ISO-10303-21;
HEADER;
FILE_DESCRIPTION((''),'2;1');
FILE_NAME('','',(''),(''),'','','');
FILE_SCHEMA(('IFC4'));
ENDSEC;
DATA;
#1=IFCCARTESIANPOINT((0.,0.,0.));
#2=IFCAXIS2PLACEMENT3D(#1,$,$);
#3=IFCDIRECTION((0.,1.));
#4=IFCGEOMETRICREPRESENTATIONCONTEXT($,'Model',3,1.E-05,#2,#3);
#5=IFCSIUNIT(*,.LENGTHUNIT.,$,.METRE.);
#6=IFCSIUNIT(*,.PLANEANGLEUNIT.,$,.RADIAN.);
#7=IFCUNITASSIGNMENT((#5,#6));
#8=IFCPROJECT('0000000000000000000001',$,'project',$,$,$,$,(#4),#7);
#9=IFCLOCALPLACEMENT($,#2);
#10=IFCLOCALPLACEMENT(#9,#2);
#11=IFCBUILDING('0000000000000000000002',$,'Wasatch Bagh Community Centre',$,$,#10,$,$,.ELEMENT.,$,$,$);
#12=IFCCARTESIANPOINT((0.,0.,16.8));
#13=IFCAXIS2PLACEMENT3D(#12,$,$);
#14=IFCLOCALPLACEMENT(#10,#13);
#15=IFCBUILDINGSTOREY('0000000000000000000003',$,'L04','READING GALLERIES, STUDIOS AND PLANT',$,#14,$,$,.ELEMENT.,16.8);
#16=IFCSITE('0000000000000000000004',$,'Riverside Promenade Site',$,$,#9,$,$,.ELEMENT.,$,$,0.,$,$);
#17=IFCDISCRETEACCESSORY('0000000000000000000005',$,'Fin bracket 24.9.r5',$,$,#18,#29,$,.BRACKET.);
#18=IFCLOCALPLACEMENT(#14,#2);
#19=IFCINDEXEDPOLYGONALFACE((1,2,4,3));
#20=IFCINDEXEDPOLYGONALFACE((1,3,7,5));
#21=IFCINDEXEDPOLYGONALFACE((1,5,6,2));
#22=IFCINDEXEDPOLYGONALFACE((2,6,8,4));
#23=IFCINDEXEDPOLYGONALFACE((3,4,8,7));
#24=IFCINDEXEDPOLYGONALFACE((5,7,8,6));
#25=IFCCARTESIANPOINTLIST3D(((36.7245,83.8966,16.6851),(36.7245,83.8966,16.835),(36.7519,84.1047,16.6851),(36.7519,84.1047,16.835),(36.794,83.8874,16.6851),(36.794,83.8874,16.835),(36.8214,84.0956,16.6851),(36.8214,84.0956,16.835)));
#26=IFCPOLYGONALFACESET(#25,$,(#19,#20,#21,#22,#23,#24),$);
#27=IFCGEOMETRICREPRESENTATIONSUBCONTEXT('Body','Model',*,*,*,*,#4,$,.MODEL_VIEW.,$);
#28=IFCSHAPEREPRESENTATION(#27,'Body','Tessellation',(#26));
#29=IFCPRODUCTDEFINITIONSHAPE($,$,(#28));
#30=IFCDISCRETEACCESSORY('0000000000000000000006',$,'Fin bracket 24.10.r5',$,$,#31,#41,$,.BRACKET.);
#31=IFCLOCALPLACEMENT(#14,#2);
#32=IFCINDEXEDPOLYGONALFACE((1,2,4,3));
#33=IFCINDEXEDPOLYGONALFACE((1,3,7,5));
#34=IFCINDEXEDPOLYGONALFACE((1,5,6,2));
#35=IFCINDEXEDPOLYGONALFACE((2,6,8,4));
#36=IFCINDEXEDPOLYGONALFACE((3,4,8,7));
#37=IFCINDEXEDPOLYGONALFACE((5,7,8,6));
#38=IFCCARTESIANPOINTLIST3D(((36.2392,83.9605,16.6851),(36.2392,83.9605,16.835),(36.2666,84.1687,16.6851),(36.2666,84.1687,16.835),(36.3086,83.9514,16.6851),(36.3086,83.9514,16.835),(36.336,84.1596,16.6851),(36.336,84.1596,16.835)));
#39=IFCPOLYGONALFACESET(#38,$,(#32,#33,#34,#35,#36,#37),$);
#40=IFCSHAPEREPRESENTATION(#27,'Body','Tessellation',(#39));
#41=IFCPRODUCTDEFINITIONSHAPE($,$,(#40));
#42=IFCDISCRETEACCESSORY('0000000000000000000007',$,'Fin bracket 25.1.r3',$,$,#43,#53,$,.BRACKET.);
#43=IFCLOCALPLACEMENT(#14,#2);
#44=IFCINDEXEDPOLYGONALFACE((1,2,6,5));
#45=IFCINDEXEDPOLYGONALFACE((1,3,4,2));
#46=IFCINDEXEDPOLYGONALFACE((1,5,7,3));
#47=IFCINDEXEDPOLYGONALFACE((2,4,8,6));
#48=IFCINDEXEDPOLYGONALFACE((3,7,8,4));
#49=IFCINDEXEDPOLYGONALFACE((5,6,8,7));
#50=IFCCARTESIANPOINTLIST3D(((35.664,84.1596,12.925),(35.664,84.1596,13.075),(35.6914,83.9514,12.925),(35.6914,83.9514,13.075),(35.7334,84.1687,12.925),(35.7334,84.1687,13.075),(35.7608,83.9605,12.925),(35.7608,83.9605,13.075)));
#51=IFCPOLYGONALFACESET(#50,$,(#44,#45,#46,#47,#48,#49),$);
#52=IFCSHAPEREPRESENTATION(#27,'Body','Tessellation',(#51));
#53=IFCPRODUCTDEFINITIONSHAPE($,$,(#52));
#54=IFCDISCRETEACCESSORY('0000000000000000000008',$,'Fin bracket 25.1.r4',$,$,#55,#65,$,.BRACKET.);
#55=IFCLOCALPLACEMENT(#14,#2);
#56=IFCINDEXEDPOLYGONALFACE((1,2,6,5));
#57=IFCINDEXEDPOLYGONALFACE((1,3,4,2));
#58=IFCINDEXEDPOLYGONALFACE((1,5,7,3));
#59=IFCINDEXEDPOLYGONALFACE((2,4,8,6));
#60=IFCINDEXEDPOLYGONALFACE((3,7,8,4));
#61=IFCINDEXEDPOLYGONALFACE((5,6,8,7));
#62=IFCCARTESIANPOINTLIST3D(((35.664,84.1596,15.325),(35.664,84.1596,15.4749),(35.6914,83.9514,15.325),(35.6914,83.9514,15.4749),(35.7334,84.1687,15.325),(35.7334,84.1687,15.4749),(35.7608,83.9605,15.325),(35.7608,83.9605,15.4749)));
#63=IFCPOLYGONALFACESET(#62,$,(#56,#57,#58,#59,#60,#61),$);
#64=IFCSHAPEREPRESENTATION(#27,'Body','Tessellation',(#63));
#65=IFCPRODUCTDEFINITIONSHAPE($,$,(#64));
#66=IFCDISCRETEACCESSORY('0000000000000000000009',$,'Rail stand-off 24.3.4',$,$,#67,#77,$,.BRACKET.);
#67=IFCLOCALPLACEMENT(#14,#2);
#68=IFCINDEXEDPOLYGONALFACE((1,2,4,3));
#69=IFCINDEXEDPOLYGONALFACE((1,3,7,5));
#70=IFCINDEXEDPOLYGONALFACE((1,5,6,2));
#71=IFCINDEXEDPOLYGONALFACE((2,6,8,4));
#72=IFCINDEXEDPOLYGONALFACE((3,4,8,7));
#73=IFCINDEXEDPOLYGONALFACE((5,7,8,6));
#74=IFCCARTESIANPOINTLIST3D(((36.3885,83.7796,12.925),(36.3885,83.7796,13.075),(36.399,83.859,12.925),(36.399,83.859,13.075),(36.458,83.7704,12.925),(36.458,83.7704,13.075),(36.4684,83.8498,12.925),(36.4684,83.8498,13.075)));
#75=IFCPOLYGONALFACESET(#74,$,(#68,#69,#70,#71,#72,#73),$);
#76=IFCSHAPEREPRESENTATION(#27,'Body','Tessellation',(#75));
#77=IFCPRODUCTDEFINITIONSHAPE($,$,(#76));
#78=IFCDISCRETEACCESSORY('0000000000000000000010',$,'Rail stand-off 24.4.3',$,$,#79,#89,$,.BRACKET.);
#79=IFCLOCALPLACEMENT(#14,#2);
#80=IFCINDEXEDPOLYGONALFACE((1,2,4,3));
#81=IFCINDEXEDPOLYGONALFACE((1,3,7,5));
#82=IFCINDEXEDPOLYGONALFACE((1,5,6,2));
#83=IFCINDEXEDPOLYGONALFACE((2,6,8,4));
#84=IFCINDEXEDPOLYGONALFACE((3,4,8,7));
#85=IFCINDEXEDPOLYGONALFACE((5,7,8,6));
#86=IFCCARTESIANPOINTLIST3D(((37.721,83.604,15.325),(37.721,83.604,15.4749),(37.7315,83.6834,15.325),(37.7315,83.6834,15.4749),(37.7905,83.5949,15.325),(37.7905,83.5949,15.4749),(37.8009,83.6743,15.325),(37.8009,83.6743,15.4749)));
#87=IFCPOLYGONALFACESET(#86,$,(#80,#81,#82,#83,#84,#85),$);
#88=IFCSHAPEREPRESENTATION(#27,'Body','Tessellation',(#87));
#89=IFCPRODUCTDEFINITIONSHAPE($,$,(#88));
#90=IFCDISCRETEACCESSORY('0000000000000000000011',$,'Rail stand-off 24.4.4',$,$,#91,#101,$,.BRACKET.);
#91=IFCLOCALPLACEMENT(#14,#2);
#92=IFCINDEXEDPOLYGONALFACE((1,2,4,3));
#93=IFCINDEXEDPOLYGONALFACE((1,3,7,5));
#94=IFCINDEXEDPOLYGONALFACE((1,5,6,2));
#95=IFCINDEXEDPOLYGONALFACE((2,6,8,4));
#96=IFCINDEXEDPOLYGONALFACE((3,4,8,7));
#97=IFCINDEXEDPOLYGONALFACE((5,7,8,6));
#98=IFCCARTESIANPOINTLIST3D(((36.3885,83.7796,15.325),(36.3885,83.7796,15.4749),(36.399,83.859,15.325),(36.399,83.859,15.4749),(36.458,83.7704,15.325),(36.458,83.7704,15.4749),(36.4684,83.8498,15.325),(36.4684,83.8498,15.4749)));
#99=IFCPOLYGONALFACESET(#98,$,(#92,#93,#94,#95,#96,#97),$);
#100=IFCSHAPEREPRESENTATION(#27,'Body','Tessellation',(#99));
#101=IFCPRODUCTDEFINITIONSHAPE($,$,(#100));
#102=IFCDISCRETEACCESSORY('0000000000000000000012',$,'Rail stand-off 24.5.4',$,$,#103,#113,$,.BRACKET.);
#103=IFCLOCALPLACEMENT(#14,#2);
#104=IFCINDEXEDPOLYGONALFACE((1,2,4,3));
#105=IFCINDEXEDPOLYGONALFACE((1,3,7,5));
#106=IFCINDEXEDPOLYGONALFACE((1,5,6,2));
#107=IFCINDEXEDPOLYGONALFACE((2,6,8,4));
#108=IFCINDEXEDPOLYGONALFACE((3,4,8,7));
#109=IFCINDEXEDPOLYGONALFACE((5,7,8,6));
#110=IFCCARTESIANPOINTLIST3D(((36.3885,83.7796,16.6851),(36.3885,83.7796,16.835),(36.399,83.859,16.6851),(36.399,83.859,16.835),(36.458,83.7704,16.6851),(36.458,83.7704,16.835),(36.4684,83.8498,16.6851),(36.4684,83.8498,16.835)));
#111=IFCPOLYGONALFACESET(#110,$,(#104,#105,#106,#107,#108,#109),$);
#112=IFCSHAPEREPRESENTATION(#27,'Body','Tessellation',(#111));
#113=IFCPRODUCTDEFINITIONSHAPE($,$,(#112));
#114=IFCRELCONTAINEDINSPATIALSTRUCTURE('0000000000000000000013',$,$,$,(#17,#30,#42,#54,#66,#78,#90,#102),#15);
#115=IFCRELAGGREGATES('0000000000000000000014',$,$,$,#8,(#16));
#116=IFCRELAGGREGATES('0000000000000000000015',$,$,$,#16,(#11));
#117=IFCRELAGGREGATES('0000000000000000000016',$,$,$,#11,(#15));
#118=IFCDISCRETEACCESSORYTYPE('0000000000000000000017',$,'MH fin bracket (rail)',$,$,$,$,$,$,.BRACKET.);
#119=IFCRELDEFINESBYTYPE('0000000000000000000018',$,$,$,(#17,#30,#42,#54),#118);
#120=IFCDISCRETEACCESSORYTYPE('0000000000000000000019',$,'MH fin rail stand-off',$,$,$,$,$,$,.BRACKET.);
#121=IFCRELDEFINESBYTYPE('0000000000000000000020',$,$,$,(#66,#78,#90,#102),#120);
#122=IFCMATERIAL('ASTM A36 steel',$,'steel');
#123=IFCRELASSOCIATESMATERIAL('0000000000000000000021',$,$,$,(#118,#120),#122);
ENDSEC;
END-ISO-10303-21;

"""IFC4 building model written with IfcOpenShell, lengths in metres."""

from ifc_helpers import new_model, si_unit, direction, frame, origin, origin_2d, place, context, subcontext, project, spatial, rectangle, extrude, material, type_object, element, save


model = new_model("IFC4")

# Units and contexts
model_context = context("Model", 3, precision=1e-05, world=origin(), true_north=direction((0.0, 1.0)))
body_context = subcontext(model_context, "Body", "Model", "MODEL_VIEW")
ifc_project = project(units=[si_unit("LENGTHUNIT", "METRE"), si_unit("PLANEANGLEUNIT", "RADIAN")], contexts=[model_context])

# Site, building, storey
site_placement = place(None, origin())
site = spatial("IfcSite", under=ifc_project, at=site_placement, Name="Riverside Promenade Site", CompositionType="ELEMENT", RefElevation=0.0)
building_placement = place(site_placement, origin())
building = spatial("IfcBuilding", under=site, at=building_placement, Name="Wasatch Bagh Community Centre", CompositionType="ELEMENT")
storey_placement = place(building_placement, frame((0.0, 0.0, 16.8)))
storey = spatial("IfcBuildingStorey", under=building, at=storey_placement, Name="L04", Description="READING GALLERIES, STUDIOS AND PLANT", CompositionType="ELEMENT", Elevation=16.8)

# Discrete accessories
ifc_material_1 = material(Name="ASTM A36 steel", Category="steel")
discrete_accessory_type_1 = type_object("IfcDiscreteAccessoryType", Name="MH fin bracket (rail)", PredefinedType="BRACKET", material=ifc_material_1)
for number, where, z_axis, x_axis, name in (
    (1, (36.7729, 83.9961, 16.6851), (0.0, 0.0, 1.0), (-0.991445, 0.130526, 0.0), "Fin bracket 24.9.r5"),
    (2, (36.2876, 84.0601, 16.6851), (0.0, 0.0, 1.0), (-0.991445, 0.130526, 0.0), "Fin bracket 24.10.r5"),
    (3, (35.7124, 84.0601, 12.925), (0.0, 0.0, 1.0), (-0.991445, -0.130526, 0.0), "Fin bracket 25.1.r3"),
    (4, (35.7124, 84.0601, 15.325), (0.0, 0.0, 1.0), (-0.991445, -0.130526, 0.0), "Fin bracket 25.1.r4"),
):
    element("IfcDiscreteAccessory", number, at=place(storey_placement, frame(where, z_axis=z_axis, x_axis=x_axis)), inside=storey, type_object=discrete_accessory_type_1, Name=name, PredefinedType="BRACKET", context=body_context, shape_type="SweptSolid", body=[
        extrude(rectangle(XDim=0.0701, YDim=0.21, at=origin_2d()), origin(), (0.0, 0.0, 1.0), 0.1499),
    ])
discrete_accessory_type_2 = type_object("IfcDiscreteAccessoryType", Name="MH fin rail stand-off", PredefinedType="BRACKET", material=ifc_material_1)
for number, where, z_axis, x_axis, name in (
    (5, (36.4285, 83.8147, 12.925), (0.0, 0.0, 1.0), (-0.991445, 0.130526, 0.0), "Rail stand-off 24.3.4"),
    (6, (37.761, 83.6392, 15.325), (0.0, 0.0, 1.0), (-0.991445, 0.130526, 0.0), "Rail stand-off 24.4.3"),
    (7, (36.4285, 83.8147, 15.325), (0.0, 0.0, 1.0), (-0.991445, 0.130526, 0.0), "Rail stand-off 24.4.4"),
    (8, (36.4285, 83.8147, 16.6851), (0.0, 0.0, 1.0), (-0.991445, 0.130526, 0.0), "Rail stand-off 24.5.4"),
):
    element("IfcDiscreteAccessory", number, at=place(storey_placement, frame(where, z_axis=z_axis, x_axis=x_axis)), inside=storey, type_object=discrete_accessory_type_2, Name=name, PredefinedType="BRACKET", context=body_context, shape_type="SweptSolid", body=[
        extrude(rectangle(XDim=0.0701, YDim=0.0801, at=origin_2d()), origin(), (0.0, 0.0, 1.0), 0.1499),
    ])

save(model, "model.ifc")
